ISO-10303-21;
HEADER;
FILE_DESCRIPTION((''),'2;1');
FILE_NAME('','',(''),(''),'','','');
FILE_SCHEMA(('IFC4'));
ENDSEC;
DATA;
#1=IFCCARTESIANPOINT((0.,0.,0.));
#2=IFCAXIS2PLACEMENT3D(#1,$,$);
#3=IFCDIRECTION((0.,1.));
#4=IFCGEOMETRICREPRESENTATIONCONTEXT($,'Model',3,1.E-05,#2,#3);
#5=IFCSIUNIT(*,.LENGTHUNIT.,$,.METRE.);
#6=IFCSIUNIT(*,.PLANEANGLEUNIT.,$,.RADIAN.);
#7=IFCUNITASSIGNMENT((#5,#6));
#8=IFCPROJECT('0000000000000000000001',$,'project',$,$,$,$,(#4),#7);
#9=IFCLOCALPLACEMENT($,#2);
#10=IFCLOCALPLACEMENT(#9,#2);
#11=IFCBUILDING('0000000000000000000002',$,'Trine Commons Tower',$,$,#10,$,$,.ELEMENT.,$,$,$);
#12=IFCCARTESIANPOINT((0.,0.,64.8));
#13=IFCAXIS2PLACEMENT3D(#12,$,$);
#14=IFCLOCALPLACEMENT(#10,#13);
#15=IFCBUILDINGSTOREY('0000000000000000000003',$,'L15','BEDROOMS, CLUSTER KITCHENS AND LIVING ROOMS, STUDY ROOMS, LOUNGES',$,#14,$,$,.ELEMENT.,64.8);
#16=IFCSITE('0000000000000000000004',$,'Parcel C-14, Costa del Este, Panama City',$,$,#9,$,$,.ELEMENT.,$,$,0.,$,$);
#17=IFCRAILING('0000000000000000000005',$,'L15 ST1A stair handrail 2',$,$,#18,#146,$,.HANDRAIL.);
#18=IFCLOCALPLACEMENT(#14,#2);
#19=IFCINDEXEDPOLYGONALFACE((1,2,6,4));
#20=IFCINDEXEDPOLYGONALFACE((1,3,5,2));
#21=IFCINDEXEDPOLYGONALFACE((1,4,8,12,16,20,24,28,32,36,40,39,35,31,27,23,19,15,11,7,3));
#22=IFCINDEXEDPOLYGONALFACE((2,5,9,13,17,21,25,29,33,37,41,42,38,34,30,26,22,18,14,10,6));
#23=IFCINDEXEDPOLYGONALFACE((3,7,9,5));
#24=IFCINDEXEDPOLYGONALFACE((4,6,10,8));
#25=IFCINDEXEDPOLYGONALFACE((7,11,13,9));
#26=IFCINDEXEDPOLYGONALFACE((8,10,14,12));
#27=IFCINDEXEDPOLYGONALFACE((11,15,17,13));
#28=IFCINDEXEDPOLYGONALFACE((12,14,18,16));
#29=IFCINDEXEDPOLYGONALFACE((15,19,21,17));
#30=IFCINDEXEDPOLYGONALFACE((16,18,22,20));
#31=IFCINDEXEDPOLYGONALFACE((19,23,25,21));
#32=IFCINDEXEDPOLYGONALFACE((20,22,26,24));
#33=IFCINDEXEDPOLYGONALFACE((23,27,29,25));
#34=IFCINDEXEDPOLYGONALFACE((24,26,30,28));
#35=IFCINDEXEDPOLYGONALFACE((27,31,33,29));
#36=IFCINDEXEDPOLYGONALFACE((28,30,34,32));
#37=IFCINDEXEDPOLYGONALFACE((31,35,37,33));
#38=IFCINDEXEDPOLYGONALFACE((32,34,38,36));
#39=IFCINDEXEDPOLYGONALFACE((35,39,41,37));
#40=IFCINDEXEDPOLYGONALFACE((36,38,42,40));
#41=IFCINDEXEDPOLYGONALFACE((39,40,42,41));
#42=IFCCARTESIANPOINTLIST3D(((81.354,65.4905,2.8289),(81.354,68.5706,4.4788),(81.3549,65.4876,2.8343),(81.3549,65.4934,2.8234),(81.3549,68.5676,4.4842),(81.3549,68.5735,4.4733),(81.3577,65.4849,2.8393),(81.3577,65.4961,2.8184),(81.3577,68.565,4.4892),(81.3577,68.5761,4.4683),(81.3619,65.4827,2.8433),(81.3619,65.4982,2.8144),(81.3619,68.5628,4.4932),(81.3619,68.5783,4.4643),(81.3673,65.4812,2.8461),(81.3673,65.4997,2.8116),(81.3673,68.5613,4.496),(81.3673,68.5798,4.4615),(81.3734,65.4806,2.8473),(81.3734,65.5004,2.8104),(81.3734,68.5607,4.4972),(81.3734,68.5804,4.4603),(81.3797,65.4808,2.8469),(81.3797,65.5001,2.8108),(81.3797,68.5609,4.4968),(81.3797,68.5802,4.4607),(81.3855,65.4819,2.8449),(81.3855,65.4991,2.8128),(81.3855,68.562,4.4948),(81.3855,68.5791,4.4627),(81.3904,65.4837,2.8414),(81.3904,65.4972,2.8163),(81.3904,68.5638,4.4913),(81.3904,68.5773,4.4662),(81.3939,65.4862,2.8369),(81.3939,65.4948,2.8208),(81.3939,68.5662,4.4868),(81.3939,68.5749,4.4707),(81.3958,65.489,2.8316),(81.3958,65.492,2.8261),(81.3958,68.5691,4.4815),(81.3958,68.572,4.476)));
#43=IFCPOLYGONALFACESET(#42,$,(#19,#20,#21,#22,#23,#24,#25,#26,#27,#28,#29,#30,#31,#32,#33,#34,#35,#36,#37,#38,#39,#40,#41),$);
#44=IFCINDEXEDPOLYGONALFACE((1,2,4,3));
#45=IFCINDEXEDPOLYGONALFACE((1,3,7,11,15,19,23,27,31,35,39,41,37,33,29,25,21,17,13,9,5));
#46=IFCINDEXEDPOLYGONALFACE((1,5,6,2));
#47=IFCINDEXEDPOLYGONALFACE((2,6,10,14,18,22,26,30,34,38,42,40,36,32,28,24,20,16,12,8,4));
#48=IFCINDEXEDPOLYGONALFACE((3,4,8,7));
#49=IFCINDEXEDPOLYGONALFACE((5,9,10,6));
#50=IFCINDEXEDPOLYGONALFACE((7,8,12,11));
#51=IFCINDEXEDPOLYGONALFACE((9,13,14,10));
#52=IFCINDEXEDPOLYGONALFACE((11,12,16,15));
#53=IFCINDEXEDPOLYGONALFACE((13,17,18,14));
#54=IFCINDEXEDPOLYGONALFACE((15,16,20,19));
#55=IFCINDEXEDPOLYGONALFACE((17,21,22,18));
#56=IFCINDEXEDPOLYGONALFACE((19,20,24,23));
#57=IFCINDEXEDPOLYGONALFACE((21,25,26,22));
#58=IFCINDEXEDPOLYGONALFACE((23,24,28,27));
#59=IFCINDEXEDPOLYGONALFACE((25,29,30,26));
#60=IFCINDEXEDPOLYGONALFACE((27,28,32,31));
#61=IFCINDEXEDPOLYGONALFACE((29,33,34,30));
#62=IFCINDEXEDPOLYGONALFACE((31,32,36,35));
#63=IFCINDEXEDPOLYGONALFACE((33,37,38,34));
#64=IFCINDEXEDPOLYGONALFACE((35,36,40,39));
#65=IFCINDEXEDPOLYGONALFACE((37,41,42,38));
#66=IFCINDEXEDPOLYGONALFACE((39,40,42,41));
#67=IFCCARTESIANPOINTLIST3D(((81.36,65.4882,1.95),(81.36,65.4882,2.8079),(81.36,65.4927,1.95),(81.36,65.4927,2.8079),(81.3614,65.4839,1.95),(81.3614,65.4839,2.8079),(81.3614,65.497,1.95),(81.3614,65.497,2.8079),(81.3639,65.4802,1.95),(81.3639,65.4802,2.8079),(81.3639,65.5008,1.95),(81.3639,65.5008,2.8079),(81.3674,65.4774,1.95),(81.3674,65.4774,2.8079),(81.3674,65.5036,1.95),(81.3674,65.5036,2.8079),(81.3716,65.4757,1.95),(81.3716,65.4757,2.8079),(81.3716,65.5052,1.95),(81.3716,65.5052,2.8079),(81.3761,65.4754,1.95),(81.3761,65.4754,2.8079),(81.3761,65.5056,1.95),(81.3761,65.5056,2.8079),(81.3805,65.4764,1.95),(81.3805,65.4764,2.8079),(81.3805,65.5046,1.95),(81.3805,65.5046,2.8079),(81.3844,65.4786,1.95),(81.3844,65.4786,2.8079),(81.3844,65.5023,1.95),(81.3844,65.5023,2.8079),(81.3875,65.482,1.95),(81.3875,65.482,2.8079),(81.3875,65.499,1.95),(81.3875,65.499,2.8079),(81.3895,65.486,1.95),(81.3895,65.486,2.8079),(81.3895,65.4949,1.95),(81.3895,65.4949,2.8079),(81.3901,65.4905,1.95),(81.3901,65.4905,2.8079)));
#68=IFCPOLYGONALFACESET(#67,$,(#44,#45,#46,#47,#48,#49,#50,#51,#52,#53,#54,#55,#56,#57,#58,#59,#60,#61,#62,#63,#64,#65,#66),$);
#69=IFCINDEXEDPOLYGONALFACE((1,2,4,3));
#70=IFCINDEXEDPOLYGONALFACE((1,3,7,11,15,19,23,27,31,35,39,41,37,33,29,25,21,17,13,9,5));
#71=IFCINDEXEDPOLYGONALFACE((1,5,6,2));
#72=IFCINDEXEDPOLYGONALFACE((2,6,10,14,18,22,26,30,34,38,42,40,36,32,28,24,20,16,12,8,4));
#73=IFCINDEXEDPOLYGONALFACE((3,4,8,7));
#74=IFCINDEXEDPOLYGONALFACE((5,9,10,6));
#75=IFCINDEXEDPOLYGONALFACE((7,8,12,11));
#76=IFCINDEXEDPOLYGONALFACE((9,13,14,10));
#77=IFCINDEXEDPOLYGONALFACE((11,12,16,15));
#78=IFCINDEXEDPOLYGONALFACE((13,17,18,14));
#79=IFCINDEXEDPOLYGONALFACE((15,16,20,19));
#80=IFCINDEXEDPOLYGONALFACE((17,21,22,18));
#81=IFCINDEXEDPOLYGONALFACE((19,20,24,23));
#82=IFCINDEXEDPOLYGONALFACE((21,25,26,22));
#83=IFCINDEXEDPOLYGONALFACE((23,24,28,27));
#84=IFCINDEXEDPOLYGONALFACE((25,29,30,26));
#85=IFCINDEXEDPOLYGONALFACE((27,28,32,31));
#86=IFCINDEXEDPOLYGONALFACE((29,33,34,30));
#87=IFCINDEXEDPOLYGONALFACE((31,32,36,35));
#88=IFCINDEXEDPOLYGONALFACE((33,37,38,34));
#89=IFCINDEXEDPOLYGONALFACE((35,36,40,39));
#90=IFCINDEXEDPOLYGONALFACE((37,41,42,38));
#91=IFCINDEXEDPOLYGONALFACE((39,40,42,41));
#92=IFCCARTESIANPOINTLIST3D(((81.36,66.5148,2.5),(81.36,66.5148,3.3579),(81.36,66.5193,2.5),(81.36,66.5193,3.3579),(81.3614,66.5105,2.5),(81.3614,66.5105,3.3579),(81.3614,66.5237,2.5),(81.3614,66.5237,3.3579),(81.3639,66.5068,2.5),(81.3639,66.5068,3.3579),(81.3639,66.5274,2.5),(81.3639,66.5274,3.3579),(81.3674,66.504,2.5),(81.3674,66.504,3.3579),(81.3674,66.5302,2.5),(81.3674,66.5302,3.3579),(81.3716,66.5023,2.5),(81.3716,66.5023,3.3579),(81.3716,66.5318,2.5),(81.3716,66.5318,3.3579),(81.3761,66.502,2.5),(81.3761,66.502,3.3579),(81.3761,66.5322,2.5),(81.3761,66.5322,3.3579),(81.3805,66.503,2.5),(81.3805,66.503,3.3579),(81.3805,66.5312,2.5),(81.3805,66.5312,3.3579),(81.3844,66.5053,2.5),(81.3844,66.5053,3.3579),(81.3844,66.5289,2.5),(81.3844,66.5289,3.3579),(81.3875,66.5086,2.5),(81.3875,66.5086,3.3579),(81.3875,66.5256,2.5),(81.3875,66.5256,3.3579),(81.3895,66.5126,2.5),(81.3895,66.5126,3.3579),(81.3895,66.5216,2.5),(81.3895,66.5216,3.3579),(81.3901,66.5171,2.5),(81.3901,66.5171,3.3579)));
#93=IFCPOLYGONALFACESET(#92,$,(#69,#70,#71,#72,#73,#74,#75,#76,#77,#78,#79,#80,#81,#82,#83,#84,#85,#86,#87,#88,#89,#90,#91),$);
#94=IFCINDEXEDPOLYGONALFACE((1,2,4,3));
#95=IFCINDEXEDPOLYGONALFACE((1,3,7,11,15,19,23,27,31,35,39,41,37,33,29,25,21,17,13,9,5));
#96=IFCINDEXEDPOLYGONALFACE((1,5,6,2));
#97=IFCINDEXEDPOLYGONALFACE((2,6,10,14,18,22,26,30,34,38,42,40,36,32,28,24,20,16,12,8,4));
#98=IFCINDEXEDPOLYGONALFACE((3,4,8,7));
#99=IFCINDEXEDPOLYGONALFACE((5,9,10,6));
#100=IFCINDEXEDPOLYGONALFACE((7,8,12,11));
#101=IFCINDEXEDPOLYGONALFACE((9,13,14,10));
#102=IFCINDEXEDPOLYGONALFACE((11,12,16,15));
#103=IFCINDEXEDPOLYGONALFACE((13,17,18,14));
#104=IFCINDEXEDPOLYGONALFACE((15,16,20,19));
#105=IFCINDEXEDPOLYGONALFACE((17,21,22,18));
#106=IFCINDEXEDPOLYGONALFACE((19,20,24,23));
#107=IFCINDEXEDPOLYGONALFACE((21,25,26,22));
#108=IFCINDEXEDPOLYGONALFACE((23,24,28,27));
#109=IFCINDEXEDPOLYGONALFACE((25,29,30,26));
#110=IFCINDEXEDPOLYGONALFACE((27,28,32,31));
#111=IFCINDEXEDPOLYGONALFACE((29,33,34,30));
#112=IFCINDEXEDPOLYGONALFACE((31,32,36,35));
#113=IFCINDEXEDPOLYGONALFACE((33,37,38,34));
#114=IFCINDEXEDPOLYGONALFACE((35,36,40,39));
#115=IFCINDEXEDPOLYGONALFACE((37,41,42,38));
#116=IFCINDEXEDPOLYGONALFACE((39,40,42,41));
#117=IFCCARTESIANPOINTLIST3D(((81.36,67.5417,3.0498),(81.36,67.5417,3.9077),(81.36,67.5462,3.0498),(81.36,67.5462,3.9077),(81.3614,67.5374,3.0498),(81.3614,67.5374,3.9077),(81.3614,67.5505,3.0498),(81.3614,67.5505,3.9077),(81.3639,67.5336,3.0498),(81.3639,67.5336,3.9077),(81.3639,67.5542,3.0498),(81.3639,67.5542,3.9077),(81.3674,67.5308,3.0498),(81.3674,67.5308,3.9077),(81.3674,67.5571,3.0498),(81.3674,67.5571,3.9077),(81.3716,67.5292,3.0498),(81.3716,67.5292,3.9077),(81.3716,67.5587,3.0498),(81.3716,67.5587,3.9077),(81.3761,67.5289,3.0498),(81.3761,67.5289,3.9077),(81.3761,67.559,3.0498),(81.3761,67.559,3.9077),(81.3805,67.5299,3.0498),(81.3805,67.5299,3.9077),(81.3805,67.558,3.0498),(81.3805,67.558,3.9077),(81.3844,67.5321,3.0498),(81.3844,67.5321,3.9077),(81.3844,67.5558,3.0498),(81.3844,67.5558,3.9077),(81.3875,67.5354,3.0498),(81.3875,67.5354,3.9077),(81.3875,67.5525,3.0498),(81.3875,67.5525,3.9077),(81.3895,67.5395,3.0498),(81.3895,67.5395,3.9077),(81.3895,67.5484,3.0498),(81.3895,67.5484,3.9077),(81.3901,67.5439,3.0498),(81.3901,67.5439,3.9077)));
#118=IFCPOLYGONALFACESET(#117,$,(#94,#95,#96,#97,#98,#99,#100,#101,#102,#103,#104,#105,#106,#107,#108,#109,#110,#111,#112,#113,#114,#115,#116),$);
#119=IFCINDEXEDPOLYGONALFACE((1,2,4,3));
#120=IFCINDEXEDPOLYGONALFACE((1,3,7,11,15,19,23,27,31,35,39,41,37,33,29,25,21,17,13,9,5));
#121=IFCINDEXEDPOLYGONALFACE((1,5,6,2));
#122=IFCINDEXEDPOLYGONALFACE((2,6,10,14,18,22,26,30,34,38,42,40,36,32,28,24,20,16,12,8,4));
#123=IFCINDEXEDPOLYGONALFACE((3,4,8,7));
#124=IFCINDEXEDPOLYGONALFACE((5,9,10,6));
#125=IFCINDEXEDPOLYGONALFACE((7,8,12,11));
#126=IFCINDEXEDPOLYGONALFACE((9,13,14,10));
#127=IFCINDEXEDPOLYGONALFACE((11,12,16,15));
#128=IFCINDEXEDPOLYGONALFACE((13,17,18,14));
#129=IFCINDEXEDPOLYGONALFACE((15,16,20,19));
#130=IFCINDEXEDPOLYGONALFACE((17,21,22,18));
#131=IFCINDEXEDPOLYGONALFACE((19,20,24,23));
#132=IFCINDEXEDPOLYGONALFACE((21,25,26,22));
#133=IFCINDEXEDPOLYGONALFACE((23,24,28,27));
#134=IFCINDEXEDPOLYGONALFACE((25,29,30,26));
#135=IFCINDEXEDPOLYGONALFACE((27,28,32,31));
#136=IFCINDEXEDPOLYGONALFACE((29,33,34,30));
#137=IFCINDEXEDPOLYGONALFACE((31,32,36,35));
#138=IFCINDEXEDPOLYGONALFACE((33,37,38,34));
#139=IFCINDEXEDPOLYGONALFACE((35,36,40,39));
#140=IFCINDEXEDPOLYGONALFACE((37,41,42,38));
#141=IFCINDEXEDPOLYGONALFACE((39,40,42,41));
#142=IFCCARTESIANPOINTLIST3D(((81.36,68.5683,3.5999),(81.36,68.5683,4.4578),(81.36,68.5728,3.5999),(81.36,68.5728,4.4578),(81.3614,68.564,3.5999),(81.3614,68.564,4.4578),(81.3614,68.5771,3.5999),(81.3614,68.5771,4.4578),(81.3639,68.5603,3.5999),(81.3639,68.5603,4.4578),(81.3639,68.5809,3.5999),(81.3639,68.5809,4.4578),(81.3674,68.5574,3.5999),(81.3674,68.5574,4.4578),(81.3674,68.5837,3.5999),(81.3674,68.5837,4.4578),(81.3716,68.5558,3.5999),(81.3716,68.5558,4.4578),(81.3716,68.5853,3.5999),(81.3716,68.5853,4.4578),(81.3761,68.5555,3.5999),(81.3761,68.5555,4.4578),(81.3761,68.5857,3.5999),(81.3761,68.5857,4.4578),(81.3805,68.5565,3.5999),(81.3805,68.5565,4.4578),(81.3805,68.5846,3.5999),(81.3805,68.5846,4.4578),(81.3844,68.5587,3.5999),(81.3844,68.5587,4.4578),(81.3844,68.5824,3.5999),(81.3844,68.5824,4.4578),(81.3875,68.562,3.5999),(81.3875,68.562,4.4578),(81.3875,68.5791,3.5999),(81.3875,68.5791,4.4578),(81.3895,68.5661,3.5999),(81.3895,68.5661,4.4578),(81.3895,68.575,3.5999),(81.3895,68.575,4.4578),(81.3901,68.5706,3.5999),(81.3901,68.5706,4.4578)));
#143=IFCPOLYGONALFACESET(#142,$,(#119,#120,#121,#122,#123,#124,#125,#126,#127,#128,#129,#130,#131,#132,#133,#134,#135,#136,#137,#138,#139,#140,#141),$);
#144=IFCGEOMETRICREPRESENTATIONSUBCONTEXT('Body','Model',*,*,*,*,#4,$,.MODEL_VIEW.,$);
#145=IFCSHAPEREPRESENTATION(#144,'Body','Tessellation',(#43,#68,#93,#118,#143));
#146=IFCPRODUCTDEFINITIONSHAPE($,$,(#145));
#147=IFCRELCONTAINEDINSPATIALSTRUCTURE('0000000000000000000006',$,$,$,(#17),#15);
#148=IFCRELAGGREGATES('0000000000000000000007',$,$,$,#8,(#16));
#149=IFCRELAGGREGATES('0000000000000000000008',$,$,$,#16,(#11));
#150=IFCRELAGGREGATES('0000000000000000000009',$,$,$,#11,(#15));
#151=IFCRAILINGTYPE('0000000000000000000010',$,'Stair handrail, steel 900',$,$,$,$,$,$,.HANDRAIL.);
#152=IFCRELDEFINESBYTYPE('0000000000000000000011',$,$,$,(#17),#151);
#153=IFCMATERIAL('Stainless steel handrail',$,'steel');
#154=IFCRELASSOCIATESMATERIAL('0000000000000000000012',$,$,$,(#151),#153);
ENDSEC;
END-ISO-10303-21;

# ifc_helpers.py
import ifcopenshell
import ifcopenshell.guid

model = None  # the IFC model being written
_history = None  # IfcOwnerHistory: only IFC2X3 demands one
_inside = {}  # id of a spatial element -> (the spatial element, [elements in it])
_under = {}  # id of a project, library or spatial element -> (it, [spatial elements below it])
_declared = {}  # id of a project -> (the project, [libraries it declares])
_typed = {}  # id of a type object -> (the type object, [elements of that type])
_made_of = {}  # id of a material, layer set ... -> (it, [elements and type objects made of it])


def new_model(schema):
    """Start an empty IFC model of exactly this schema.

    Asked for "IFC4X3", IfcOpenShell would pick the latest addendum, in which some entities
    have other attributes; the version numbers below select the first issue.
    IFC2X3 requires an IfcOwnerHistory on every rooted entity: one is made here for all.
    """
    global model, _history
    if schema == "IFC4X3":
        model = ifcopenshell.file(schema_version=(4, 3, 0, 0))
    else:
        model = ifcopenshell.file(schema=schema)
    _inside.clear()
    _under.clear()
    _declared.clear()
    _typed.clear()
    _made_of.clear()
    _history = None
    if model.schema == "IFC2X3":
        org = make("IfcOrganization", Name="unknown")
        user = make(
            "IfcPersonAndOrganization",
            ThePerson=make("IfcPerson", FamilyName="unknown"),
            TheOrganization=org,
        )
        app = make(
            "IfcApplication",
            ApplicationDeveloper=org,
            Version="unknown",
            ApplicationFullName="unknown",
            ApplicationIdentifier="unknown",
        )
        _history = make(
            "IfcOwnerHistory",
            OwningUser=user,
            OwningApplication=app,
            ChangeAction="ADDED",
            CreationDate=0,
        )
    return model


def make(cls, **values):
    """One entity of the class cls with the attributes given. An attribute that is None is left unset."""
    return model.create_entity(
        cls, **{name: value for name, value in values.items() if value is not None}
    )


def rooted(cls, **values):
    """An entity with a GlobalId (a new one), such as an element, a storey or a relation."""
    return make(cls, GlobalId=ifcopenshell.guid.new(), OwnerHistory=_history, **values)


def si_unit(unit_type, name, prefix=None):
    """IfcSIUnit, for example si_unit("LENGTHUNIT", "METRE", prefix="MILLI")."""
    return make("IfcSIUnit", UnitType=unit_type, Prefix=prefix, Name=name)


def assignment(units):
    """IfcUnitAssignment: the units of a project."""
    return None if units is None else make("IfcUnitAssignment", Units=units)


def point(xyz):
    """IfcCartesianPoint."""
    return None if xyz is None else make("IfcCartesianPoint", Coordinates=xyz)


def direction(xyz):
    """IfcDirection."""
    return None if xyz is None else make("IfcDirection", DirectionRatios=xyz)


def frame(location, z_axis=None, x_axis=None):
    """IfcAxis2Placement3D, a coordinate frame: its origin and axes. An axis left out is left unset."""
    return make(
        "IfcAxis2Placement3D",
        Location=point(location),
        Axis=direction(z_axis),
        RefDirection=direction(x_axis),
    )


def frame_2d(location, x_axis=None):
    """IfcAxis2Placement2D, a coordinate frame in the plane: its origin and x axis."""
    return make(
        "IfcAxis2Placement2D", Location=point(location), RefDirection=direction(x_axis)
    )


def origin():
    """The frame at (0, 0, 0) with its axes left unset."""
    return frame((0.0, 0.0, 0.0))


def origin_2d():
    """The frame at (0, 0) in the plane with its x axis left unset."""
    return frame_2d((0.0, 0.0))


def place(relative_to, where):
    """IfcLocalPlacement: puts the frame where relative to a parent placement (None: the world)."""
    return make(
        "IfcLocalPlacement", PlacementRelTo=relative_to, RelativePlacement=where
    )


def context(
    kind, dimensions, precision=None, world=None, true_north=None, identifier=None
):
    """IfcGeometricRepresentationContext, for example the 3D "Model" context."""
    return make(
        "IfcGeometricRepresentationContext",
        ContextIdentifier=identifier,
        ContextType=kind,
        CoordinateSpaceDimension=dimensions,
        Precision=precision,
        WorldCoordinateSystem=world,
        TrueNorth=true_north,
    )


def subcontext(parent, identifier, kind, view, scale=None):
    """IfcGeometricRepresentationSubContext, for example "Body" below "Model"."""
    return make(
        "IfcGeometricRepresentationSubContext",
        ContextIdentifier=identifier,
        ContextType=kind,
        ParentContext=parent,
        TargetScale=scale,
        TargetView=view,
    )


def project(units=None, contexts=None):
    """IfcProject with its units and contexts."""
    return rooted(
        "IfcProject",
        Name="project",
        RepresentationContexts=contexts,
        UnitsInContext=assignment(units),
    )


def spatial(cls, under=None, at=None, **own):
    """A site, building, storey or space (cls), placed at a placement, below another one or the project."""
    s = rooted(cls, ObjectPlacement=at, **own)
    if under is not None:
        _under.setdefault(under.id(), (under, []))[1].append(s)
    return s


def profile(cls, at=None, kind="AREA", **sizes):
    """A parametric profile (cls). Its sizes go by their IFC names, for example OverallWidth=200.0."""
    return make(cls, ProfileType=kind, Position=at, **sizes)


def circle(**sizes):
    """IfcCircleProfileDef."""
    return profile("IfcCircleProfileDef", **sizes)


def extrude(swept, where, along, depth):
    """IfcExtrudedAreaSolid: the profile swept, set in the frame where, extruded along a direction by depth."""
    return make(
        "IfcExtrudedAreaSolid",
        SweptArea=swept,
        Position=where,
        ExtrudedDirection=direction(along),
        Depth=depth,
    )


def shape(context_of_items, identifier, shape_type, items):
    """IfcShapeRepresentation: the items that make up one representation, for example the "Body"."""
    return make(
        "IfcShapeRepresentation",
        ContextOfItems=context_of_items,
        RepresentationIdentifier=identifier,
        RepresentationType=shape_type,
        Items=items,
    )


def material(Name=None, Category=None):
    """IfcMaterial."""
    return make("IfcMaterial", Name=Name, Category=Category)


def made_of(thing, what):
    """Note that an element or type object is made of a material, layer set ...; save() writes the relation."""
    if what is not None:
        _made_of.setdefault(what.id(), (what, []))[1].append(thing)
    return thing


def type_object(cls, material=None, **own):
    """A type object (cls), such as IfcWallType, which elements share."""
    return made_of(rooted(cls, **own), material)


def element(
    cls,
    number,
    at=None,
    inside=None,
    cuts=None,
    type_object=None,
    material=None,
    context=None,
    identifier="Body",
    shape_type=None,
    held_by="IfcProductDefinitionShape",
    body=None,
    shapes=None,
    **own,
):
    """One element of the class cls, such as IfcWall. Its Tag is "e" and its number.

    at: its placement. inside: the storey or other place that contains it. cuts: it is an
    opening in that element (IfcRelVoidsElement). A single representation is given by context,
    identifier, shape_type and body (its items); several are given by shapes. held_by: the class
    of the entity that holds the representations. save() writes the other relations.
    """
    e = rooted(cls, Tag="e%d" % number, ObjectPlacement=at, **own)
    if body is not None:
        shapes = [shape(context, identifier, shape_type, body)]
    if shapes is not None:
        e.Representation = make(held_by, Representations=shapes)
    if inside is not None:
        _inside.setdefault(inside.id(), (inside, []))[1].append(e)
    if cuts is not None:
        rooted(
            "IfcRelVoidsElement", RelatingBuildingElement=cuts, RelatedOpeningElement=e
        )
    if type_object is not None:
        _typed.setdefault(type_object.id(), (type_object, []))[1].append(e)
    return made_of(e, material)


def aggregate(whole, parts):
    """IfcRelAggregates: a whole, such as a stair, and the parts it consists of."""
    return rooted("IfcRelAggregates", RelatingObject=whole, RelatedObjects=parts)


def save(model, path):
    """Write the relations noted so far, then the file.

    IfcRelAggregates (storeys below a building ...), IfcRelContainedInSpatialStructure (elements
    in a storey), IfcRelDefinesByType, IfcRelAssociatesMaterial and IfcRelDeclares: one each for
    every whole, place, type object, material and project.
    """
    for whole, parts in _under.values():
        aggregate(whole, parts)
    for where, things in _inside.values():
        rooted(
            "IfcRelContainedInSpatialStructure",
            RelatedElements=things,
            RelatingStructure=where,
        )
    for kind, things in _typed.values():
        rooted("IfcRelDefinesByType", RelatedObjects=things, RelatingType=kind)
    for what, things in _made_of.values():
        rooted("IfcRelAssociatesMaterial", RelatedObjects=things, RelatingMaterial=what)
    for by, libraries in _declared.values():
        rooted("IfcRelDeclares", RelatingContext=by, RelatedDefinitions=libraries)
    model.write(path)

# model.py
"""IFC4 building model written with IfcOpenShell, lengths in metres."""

from ifc_helpers import new_model, si_unit, direction, frame, origin, origin_2d, place, context, subcontext, project, spatial, circle, extrude, material, type_object, element, save


model = new_model("IFC4")

# Units and contexts
model_context = context("Model", 3, precision=1e-05, world=origin(), true_north=direction((0.0, 1.0)))
body_context = subcontext(model_context, "Body", "Model", "MODEL_VIEW")
ifc_project = project(units=[si_unit("LENGTHUNIT", "METRE"), si_unit("PLANEANGLEUNIT", "RADIAN")], contexts=[model_context])

# Site, building, storey
site_placement = place(None, origin())
site = spatial("IfcSite", under=ifc_project, at=site_placement, Name="Parcel C-14, Costa del Este, Panama City", CompositionType="ELEMENT", RefElevation=0.0)
building_placement = place(site_placement, origin())
building = spatial("IfcBuilding", under=site, at=building_placement, Name="Trine Commons Tower", CompositionType="ELEMENT")
storey_placement = place(building_placement, frame((0.0, 0.0, 64.8)))
storey = spatial("IfcBuildingStorey", under=building, at=storey_placement, Name="L15", Description="BEDROOMS, CLUSTER KITCHENS AND LIVING ROOMS, STUDY ROOMS, LOUNGES", CompositionType="ELEMENT", Elevation=64.8)

# Railing
ifc_material_1 = material(Name="Stainless steel handrail", Category="steel")
railing_type_1 = type_object("IfcRailingType", Name="Stair handrail, steel 900", PredefinedType="HANDRAIL", material=ifc_material_1)
railing_1_placement = place(storey_placement, frame((81.375, 65.4905, 1.95)))
element("IfcRailing", 1, at=railing_1_placement, inside=storey, type_object=railing_type_1, Name="L15 ST1A stair handrail 2", PredefinedType="HANDRAIL", context=body_context, shape_type="SweptSolid", body=[
    extrude(circle(Radius=0.021, at=origin_2d()), frame((0.0, 0.0, 0.8789), z_axis=(0.0, 0.881497, 0.47219), x_axis=(-1.0, 0.0, 0.0)), (0.0, 0.0, 1.0), 3.4941),
    extrude(circle(Radius=0.0151, at=origin_2d()), origin(), (0.0, 0.0, 1.0), 0.8579),
    extrude(circle(Radius=0.0151, at=origin_2d()), frame((0.0, 1.0266, 0.55)), (0.0, 0.0, 1.0), 0.8579),
    extrude(circle(Radius=0.0151, at=origin_2d()), frame((0.0, 2.0535, 1.0999)), (0.0, 0.0, 1.0), 0.8579),
    extrude(circle(Radius=0.0151, at=origin_2d()), frame((0.0, 3.0801, 1.6499)), (0.0, 0.0, 1.0), 0.8579),
])

save(model, "model.ifc")
